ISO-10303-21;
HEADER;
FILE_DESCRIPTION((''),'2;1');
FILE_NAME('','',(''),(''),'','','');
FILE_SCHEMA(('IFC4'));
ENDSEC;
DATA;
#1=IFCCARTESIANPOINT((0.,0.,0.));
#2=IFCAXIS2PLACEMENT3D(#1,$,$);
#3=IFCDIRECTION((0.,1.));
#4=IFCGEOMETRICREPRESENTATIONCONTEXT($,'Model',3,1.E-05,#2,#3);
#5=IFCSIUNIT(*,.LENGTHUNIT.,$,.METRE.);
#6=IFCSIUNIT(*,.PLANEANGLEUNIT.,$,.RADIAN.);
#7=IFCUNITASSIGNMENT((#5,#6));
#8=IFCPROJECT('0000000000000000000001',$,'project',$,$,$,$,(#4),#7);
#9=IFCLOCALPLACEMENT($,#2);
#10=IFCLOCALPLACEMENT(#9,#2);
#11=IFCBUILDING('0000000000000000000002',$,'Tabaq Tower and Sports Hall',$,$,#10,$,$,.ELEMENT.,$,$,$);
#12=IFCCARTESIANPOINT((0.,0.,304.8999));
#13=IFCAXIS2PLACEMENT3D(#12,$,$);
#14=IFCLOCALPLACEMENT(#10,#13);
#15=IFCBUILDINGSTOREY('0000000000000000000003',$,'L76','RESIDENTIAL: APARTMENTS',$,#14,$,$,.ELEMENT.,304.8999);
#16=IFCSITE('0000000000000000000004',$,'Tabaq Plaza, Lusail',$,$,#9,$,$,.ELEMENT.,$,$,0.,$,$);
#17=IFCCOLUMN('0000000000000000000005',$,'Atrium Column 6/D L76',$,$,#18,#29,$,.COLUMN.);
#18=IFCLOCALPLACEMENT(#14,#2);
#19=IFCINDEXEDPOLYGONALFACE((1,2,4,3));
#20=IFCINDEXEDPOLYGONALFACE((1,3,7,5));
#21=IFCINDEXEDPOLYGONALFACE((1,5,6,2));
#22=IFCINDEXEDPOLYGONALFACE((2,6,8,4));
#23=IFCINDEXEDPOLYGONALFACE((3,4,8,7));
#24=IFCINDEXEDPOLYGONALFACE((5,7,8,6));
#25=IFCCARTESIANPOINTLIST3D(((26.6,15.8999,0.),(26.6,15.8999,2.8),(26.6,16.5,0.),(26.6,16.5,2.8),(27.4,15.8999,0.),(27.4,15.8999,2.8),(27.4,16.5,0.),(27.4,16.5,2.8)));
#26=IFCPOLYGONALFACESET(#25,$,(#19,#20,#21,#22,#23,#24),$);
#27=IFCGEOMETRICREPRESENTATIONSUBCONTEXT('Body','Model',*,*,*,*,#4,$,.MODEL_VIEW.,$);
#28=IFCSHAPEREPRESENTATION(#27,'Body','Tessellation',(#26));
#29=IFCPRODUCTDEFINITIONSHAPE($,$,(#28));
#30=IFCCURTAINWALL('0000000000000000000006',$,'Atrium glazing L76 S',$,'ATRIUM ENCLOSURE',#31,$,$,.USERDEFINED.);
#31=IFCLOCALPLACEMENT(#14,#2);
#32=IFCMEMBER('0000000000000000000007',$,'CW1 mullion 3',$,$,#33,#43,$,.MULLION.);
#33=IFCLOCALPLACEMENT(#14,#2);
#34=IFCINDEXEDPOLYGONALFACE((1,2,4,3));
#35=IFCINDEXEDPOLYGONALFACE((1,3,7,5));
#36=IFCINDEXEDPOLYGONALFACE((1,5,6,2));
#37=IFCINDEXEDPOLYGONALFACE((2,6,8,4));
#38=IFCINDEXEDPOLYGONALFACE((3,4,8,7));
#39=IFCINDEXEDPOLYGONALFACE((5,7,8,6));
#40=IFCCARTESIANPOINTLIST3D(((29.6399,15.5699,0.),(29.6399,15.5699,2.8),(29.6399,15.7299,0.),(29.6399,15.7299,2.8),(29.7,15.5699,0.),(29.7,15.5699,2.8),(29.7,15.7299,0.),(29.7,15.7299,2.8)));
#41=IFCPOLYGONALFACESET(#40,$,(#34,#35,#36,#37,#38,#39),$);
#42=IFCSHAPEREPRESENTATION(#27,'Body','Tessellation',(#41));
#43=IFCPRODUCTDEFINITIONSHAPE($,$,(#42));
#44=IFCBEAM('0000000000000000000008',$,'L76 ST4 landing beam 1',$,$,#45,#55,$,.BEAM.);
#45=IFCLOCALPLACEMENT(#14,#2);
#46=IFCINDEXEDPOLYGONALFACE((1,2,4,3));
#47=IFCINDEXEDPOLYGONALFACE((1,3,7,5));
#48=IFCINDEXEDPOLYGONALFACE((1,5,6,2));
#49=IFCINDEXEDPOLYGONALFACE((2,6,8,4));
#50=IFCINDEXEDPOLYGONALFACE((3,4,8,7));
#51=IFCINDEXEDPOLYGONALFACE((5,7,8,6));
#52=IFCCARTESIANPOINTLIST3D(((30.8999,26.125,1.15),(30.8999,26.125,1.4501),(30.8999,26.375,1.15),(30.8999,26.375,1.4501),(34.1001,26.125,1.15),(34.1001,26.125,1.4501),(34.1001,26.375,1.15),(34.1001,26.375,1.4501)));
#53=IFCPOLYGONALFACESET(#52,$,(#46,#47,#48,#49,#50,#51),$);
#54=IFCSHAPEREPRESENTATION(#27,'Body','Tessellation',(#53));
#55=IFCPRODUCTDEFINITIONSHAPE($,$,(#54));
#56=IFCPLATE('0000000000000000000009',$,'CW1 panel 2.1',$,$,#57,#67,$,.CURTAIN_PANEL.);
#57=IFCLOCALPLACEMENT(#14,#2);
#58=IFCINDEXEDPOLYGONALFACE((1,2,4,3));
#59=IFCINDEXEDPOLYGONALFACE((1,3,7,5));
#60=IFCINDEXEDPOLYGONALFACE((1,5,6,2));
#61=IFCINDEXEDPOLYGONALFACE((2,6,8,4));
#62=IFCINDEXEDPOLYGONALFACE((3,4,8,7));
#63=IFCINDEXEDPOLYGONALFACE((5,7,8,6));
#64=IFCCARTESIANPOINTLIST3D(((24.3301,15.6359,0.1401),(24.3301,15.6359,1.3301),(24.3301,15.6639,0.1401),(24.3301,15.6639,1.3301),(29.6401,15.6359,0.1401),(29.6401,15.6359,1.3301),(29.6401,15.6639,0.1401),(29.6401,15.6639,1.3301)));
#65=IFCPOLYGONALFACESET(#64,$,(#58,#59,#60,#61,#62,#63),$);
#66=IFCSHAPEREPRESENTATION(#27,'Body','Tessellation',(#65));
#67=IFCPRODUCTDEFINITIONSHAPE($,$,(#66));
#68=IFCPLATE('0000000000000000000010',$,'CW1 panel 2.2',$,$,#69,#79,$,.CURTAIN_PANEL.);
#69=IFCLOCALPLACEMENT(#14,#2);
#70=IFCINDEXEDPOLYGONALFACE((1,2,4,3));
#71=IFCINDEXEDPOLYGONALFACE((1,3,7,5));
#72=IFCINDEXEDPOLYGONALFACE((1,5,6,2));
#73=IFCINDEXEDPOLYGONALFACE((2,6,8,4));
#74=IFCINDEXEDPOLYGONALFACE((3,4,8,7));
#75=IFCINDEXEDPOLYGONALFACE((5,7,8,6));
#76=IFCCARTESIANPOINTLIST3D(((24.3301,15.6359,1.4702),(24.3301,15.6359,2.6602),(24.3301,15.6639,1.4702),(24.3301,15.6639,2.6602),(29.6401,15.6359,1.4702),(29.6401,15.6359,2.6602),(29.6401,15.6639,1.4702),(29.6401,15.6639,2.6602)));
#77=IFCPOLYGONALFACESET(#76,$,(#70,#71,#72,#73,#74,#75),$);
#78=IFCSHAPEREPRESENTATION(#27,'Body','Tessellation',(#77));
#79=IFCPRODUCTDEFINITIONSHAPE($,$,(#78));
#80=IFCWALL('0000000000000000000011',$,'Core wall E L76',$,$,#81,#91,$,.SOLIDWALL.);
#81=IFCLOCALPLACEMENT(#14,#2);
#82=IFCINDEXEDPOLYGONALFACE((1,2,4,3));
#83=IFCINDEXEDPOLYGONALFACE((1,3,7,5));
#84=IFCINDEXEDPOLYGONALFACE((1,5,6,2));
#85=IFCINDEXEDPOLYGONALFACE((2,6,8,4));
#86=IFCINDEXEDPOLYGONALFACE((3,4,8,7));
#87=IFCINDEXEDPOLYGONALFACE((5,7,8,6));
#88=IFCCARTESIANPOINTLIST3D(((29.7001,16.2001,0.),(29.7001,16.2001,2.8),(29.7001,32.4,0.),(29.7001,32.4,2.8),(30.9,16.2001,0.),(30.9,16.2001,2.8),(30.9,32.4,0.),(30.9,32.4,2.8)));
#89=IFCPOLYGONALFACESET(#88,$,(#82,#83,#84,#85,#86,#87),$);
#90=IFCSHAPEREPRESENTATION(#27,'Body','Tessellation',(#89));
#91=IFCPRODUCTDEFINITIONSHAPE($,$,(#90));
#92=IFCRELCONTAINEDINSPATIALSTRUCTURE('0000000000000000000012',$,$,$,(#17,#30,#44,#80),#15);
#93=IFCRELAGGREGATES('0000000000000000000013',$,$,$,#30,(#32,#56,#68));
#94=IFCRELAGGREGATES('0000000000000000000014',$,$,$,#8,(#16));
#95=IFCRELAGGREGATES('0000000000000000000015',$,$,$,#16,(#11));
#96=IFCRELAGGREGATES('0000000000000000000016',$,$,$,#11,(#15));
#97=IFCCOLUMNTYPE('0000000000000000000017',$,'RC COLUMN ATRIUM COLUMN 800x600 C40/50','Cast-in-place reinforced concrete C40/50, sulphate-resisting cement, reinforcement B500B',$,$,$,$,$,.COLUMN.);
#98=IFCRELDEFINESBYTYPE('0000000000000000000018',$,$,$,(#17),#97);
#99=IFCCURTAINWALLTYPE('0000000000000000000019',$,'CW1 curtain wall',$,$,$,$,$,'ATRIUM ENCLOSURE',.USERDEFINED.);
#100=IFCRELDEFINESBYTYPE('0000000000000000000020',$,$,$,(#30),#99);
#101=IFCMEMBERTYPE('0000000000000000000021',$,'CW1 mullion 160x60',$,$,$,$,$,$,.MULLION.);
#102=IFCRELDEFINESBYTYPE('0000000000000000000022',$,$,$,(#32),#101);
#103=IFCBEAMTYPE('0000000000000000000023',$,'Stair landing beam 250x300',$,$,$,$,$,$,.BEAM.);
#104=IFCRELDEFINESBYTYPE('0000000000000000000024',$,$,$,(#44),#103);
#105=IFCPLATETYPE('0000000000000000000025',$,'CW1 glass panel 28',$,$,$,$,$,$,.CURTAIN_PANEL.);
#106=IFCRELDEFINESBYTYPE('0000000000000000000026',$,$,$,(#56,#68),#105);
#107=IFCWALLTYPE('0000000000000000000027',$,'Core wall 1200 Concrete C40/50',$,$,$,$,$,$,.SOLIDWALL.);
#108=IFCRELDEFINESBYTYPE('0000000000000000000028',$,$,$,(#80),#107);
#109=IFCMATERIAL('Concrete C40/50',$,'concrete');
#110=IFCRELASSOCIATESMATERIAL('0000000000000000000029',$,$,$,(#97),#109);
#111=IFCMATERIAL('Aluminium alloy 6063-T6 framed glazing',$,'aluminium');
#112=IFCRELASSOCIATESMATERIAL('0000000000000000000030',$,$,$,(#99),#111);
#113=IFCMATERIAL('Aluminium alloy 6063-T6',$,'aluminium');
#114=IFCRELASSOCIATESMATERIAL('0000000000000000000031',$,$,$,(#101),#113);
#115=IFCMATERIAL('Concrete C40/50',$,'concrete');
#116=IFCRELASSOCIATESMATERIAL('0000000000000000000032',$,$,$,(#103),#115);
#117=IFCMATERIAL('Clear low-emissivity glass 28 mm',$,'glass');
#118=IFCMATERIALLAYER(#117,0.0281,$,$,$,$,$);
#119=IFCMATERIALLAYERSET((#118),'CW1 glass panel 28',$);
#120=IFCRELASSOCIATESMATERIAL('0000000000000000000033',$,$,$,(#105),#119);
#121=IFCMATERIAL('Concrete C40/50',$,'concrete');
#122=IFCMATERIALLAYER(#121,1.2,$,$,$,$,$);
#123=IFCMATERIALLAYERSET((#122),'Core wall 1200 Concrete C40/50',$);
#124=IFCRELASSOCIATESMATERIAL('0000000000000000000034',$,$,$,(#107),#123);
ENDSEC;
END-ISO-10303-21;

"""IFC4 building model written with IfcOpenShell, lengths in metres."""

from ifc_helpers import new_model, si_unit, direction, frame, frame_2d, origin, origin_2d, place, context, subcontext, project, spatial, rectangle, extrude, material, layer, layer_set, material_profile, profile_set, type_object, element, aggregate, save


model = new_model("IFC4")

# Units and contexts
model_context = context("Model", 3, precision=1e-05, world=origin(), true_north=direction((0.0, 1.0)))
body_context = subcontext(model_context, "Body", "Model", "MODEL_VIEW")
ifc_project = project(units=[si_unit("LENGTHUNIT", "METRE"), si_unit("PLANEANGLEUNIT", "RADIAN")], contexts=[model_context])

# Site, building, storey
site_placement = place(None, origin())
site = spatial("IfcSite", under=ifc_project, at=site_placement, Name="Tabaq Plaza, Lusail", CompositionType="ELEMENT", RefElevation=0.0)
building_placement = place(site_placement, origin())
building = spatial("IfcBuilding", under=site, at=building_placement, Name="Tabaq Tower and Sports Hall", CompositionType="ELEMENT")
storey_placement = place(building_placement, frame((0.0, 0.0, 304.8999)))
storey = spatial("IfcBuildingStorey", under=building, at=storey_placement, Name="L76", Description="RESIDENTIAL: APARTMENTS", CompositionType="ELEMENT", Elevation=304.8999)

# Column
ifc_material_1 = material(Name="Concrete C40/50", Category="concrete")
ifc_material_profile_1 = material_profile(ifc_material_1, rectangle(XDim=0.8, YDim=0.6001, at=origin_2d()), Name="ATRIUM COLUMN 800x600")
ifc_profile_set_1 = profile_set([ifc_material_profile_1], Name="Concrete C40/50")
column_type = type_object("IfcColumnType", Name="RC COLUMN ATRIUM COLUMN 800x600 C40/50", Description="Cast-in-place reinforced concrete C40/50, sulphate-resisting cement, reinforcement B500B", PredefinedType="COLUMN", material=ifc_profile_set_1)
column_placement = place(storey_placement, frame((27.0, 16.2, 0.0), z_axis=(0.0, 0.0, 1.0), x_axis=(1.0, 0.0, 0.0)))
element("IfcColumn", 1, at=column_placement, inside=storey, type_object=column_type, Name="Atrium Column 6/D L76", PredefinedType="COLUMN", context=body_context, shape_type="SweptSolid", body=[
    extrude(rectangle(XDim=0.8, YDim=0.6001, at=origin_2d()), origin(), (0.0, 0.0, 1.0), 2.8),
])

# Curtain wall, member
ifc_material_2 = material(Name="Aluminium alloy 6063-T6 framed glazing", Category="aluminium")
curtain_wall_type = type_object("IfcCurtainWallType", Name="CW1 curtain wall", ElementType="ATRIUM ENCLOSURE", PredefinedType="USERDEFINED", material=ifc_material_2)
curtain_wall_placement = place(storey_placement, origin())
curtain_wall = element("IfcCurtainWall", 2, at=curtain_wall_placement, inside=storey, type_object=curtain_wall_type, Name="Atrium glazing L76 S", ObjectType="ATRIUM ENCLOSURE", PredefinedType="USERDEFINED")
ifc_material_3 = material(Name="Aluminium alloy 6063-T6", Category="aluminium")
ifc_material_profile_2 = material_profile(ifc_material_3, rectangle(XDim=0.1599, YDim=0.0601, at=origin_2d()), Name="MULLION 160x60")
ifc_profile_set_2 = profile_set([ifc_material_profile_2], Name="Aluminium alloy 6063-T6")
member_type = type_object("IfcMemberType", Name="CW1 mullion 160x60", PredefinedType="MULLION", material=ifc_profile_set_2)
member_placement = place(storey_placement, frame((29.6699, 15.6499, 0.0), z_axis=(0.0, 0.0, 1.0), x_axis=(0.0, 1.0, 0.0)))
member = element("IfcMember", 3, at=member_placement, type_object=member_type, Name="CW1 mullion 3", PredefinedType="MULLION", context=body_context, shape_type="SweptSolid", body=[
    extrude(rectangle(XDim=0.1599, YDim=0.0601, at=origin_2d()), origin(), (0.0, 0.0, 1.0), 2.8),
])

# Beam
ifc_material_4 = material(Name="Concrete C40/50", Category="concrete")
ifc_material_profile_3 = material_profile(ifc_material_4, rectangle(XDim=0.25, YDim=0.3, at=origin_2d()), Name="RC 250x300")
ifc_profile_set_3 = profile_set([ifc_material_profile_3], Name="Concrete C40/50")
beam_type = type_object("IfcBeamType", Name="Stair landing beam 250x300", PredefinedType="BEAM", material=ifc_profile_set_3)
beam_placement = place(storey_placement, frame((30.8999, 26.25, 1.3), z_axis=(1.0, 0.0, 0.0), x_axis=(0.0, 1.0, 0.0)))
element("IfcBeam", 4, at=beam_placement, inside=storey, type_object=beam_type, Name="L76 ST4 landing beam 1", PredefinedType="BEAM", context=body_context, shape_type="SweptSolid", body=[
    extrude(rectangle(XDim=0.25, YDim=0.3, at=origin_2d()), origin(), (0.0, 0.0, 1.0), 3.2002),
])

# Plates
ifc_material_5 = material(Name="Clear low-emissivity glass 28 mm", Category="glass")
ifc_layer_1 = layer(ifc_material_5, 0.0281)
ifc_layer_set_1 = layer_set([ifc_layer_1], Name="CW1 glass panel 28")
plate_type = type_object("IfcPlateType", Name="CW1 glass panel 28", PredefinedType="CURTAIN_PANEL", material=ifc_layer_set_1)
plate_1_placement = place(storey_placement, frame((26.9851, 15.6499, 0.1401), z_axis=(0.0, 0.0, 1.0), x_axis=(1.0, 0.0, 0.0)))
plate_1 = element("IfcPlate", 5, at=plate_1_placement, type_object=plate_type, Name="CW1 panel 2.1", PredefinedType="CURTAIN_PANEL", context=body_context, shape_type="SweptSolid", body=[
    extrude(rectangle(XDim=5.3101, YDim=0.0281, at=origin_2d()), origin(), (0.0, 0.0, 1.0), 1.1899),
])
plate_2_placement = place(storey_placement, frame((26.9851, 15.6499, 1.4702), z_axis=(0.0, 0.0, 1.0), x_axis=(1.0, 0.0, 0.0)))
plate_2 = element("IfcPlate", 6, at=plate_2_placement, type_object=plate_type, Name="CW1 panel 2.2", PredefinedType="CURTAIN_PANEL", context=body_context, shape_type="SweptSolid", body=[
    extrude(rectangle(XDim=5.3101, YDim=0.0281, at=origin_2d()), origin(), (0.0, 0.0, 1.0), 1.1899),
])
aggregate(curtain_wall, [member, plate_1, plate_2])

# Wall
ifc_material_6 = material(Name="Concrete C40/50", Category="concrete")
ifc_layer_2 = layer(ifc_material_6, 1.2)
ifc_layer_set_2 = layer_set([ifc_layer_2], Name="Core wall 1200 Concrete C40/50")
wall_type_1 = type_object("IfcWallType", Name="Core wall 1200 Concrete C40/50", PredefinedType="SOLIDWALL", material=ifc_layer_set_2)
wall_1_placement = place(storey_placement, frame((30.3, 16.2, 0.0), z_axis=(0.0, 0.0, 1.0), x_axis=(0.0, 1.0, 0.0)))
element("IfcWall", 7, at=wall_1_placement, inside=storey, type_object=wall_type_1, Name="Core wall E L76", PredefinedType="SOLIDWALL", context=body_context, shape_type="SweptSolid", body=[
    extrude(rectangle(XDim=16.2, YDim=1.2, at=frame_2d((8.1001, 0.0))), origin(), (0.0, 0.0, 1.0), 2.8),
])

save(model, "model.ifc")
